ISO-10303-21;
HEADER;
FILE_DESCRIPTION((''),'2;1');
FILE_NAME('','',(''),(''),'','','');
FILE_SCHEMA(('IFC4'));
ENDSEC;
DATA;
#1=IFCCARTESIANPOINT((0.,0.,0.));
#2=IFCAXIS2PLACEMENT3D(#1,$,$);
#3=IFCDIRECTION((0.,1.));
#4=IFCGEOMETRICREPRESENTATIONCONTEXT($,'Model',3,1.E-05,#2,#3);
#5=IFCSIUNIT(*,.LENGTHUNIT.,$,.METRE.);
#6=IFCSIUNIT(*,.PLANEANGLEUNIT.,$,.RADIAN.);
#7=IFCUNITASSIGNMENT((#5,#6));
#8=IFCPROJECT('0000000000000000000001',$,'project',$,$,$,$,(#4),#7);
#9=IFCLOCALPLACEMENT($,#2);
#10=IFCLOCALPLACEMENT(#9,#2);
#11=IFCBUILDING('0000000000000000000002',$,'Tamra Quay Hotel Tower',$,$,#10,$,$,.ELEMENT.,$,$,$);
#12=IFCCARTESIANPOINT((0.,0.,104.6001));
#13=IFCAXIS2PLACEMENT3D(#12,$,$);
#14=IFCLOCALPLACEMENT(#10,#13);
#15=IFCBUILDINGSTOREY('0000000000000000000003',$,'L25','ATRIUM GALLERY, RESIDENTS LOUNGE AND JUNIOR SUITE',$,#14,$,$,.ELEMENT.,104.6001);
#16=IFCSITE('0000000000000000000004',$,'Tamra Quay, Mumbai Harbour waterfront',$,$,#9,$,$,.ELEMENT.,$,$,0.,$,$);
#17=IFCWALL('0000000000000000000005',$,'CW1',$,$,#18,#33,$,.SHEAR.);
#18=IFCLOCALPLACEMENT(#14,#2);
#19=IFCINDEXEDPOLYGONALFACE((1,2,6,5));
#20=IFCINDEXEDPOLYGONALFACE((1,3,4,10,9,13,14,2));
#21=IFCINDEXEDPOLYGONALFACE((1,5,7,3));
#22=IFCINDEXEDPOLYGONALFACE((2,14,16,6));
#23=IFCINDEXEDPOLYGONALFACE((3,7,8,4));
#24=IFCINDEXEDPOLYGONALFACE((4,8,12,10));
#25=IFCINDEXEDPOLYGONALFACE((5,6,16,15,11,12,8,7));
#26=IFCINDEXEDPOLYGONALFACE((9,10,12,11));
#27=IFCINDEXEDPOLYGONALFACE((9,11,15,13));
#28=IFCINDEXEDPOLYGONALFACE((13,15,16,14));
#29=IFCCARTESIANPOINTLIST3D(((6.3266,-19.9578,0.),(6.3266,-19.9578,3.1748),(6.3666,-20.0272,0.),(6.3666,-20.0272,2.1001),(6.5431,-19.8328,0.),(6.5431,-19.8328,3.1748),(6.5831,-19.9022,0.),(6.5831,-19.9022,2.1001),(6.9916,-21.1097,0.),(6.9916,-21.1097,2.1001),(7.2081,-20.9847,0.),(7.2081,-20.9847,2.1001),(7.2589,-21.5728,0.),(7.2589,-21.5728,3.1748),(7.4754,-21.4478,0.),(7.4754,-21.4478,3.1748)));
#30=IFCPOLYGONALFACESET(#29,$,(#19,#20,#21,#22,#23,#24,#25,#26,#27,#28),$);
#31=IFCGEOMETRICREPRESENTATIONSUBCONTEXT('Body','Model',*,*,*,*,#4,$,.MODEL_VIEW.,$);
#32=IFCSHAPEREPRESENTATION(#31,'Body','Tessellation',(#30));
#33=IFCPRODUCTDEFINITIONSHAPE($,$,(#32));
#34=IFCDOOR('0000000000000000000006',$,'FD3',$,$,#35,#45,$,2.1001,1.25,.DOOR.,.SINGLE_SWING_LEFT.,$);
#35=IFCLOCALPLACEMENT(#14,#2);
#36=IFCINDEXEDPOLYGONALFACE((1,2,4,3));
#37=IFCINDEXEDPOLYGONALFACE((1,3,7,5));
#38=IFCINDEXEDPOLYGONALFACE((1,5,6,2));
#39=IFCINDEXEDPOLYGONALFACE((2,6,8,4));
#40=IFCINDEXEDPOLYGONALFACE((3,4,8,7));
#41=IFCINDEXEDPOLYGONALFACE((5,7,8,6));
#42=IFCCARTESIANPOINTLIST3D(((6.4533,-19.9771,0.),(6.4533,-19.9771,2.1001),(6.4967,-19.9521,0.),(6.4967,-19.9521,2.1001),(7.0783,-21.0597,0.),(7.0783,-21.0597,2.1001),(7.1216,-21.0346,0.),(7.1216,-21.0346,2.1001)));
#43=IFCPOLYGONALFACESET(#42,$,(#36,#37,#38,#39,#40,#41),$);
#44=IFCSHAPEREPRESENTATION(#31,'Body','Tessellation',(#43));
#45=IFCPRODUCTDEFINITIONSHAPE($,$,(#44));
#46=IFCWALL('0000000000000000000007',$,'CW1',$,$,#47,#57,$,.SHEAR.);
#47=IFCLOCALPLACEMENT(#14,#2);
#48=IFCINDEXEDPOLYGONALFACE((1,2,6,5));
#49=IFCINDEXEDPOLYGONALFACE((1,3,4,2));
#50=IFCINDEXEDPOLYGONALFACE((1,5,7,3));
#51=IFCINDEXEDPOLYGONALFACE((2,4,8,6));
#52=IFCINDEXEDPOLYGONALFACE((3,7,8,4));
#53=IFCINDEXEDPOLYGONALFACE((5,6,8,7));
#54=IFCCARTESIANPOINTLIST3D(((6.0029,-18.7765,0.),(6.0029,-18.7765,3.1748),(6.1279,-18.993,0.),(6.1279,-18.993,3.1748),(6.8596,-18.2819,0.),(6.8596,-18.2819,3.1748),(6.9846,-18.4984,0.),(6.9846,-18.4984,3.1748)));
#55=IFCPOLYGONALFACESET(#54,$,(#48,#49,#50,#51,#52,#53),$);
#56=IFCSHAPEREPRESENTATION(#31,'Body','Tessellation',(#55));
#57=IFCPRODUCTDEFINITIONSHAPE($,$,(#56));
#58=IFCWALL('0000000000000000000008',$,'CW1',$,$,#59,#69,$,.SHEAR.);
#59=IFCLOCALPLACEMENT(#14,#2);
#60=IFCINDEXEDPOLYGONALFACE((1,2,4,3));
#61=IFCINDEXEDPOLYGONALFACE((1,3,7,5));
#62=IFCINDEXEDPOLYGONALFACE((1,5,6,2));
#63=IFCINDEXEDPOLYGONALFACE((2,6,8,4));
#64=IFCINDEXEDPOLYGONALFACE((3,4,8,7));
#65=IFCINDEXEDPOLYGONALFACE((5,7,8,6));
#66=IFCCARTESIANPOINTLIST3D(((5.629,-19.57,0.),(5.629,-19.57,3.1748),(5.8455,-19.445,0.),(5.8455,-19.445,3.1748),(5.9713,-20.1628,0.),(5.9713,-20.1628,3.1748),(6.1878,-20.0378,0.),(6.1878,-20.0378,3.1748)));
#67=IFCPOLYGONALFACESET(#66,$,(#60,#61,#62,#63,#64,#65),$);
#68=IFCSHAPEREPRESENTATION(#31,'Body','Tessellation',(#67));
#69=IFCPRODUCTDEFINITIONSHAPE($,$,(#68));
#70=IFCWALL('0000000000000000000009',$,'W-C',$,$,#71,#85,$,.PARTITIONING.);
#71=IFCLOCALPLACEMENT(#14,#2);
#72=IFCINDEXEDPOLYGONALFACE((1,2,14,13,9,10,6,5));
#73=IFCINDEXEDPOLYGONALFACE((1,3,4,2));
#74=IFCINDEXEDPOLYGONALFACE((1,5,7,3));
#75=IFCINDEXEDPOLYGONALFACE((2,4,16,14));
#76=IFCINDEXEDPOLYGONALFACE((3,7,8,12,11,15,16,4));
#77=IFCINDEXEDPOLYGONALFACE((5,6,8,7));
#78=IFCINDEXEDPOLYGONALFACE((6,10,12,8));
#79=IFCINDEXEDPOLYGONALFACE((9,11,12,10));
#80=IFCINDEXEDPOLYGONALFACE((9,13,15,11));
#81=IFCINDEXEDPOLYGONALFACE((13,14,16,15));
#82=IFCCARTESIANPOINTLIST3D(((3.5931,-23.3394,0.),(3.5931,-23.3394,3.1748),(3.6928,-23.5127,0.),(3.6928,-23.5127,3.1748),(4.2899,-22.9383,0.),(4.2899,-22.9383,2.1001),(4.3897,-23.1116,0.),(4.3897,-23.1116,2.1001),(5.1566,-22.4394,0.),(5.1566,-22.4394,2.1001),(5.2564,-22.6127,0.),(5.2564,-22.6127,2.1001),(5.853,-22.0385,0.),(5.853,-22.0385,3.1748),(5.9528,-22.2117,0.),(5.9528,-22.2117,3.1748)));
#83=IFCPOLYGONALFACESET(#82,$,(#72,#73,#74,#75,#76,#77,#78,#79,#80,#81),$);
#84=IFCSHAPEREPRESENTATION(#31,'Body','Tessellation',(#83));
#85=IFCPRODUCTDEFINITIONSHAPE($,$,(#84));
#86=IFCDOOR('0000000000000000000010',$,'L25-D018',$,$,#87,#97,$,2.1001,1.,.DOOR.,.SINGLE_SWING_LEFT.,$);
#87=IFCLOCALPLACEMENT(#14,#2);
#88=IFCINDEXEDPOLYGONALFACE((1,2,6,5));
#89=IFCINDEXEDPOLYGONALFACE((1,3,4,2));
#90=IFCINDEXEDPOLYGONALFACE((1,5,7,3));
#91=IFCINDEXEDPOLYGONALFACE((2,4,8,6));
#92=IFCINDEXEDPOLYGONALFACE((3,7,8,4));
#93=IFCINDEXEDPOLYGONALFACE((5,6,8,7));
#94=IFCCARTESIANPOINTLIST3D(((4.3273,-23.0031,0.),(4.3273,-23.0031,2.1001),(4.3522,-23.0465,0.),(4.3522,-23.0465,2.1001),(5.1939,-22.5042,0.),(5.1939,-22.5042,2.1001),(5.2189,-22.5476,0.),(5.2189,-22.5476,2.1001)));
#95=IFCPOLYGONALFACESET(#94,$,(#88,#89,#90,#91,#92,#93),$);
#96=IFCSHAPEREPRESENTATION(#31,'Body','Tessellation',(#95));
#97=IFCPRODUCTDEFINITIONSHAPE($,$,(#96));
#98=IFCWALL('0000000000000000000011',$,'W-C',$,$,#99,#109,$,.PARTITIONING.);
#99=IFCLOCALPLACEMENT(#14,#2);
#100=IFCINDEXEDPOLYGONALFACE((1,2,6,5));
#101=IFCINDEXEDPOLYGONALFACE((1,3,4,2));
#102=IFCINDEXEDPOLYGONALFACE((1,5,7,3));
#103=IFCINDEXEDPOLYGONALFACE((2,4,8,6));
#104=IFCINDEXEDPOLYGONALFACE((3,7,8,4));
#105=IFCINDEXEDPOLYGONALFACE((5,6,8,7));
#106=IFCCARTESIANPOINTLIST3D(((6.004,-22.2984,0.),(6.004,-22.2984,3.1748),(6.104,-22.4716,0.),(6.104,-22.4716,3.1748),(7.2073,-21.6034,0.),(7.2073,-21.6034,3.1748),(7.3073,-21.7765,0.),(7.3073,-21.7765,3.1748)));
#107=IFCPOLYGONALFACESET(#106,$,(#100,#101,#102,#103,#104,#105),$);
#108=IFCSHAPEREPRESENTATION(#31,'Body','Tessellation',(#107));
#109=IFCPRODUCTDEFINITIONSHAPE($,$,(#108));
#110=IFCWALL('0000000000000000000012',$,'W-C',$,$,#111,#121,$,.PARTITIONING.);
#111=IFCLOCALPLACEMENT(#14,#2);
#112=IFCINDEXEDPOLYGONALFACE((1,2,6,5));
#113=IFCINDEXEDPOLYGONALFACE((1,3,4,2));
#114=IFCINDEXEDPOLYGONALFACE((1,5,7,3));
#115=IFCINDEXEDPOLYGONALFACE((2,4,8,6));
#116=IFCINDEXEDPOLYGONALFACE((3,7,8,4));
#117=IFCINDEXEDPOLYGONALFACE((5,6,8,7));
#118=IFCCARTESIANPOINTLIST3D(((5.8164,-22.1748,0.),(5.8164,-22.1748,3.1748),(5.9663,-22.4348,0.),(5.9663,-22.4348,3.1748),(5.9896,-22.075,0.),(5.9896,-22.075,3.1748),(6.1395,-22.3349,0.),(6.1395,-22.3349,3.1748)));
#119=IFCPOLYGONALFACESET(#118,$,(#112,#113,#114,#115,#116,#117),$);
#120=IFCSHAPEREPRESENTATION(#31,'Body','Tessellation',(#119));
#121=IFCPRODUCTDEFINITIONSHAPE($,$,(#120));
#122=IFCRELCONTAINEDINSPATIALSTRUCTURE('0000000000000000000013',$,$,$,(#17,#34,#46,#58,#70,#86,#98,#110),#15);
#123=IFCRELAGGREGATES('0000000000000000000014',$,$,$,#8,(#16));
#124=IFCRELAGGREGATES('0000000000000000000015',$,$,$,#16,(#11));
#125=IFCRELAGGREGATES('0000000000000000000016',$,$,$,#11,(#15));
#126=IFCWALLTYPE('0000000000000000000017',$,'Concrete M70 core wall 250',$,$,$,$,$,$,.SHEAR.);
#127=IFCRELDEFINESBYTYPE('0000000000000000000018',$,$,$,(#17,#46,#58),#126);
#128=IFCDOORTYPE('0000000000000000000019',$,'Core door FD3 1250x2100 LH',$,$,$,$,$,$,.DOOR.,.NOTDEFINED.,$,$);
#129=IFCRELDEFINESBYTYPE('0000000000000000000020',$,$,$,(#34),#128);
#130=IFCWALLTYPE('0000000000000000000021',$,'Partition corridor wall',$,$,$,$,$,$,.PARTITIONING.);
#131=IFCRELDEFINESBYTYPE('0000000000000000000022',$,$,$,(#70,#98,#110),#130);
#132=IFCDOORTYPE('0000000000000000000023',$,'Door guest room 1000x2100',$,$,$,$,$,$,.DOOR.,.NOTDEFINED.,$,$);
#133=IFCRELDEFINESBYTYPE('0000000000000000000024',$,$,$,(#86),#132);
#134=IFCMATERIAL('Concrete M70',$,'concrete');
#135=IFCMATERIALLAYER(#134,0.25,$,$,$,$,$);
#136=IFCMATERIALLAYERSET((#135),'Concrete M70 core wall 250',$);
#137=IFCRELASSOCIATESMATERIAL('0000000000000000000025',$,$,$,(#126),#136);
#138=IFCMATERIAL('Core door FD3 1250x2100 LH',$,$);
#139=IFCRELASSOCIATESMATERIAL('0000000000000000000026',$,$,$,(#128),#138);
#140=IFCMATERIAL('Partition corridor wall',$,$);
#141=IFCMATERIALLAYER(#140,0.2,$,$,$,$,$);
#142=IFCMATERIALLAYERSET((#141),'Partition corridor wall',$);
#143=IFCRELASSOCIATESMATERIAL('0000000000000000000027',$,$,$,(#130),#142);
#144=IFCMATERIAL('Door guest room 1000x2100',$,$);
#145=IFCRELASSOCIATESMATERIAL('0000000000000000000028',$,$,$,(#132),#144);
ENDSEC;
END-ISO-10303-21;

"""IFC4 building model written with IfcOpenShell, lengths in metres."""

from ifc_helpers import new_model, si_unit, direction, frame, frame_2d, origin, place, context, subcontext, project, spatial, rectangle, extrude, material, layer, layer_set, type_object, element, fill, save


model = new_model("IFC4")

# Units and contexts
model_context = context("Model", 3, precision=1e-05, world=origin(), true_north=direction((0.0, 1.0)))
body_context = subcontext(model_context, "Body", "Model", "MODEL_VIEW")
ifc_project = project(units=[si_unit("LENGTHUNIT", "METRE"), si_unit("PLANEANGLEUNIT", "RADIAN")], contexts=[model_context])

# Site, building, storey
site_placement = place(None, origin())
site = spatial("IfcSite", under=ifc_project, at=site_placement, Name="Tamra Quay, Mumbai Harbour waterfront", CompositionType="ELEMENT", RefElevation=0.0)
building_placement = place(site_placement, origin())
building = spatial("IfcBuilding", under=site, at=building_placement, Name="Tamra Quay Hotel Tower", CompositionType="ELEMENT")
storey_placement = place(building_placement, frame((0.0, 0.0, 104.6001)))
storey = spatial("IfcBuildingStorey", under=building, at=storey_placement, Name="L25", Description="ATRIUM GALLERY, RESIDENTS LOUNGE AND JUNIOR SUITE", CompositionType="ELEMENT", Elevation=104.6001)

# Shared definitions
ifc_material_1 = material(Name="Concrete M70", Category="concrete")

# Shared definitions
ifc_layer_1 = layer(ifc_material_1, 0.25)
ifc_layer_set_1 = layer_set([ifc_layer_1], Name="Concrete M70 core wall 250")
wall_type_1 = type_object("IfcWallType", Name="Concrete M70 core wall 250", PredefinedType="SHEAR", material=ifc_layer_set_1)

# Wall, opening, door
wall_1_placement = place(storey_placement, frame((7.3672, -21.5103, 0.0), z_axis=(0.0, 0.0, 1.0), x_axis=(-0.499983, 0.866035, 0.0)))
wall_1 = element("IfcWall", 1, at=wall_1_placement, inside=storey, type_object=wall_type_1, Name="CW1", PredefinedType="SHEAR", context=body_context, shape_type="SweptSolid", body=[
    extrude(rectangle(XDim=1.8647, YDim=0.25, at=frame_2d((0.9324, 0.0))), origin(), (0.0, 0.0, 1.0), 3.1748),
])
opening_1_placement = place(wall_1_placement, frame((0.5347, 0.0, 0.0)))
opening_1 = element("IfcOpeningElement", 2, at=opening_1_placement, cuts=wall_1, PredefinedType="OPENING", context=body_context, shape_type="SweptSolid", body=[
    extrude(rectangle(XDim=1.25, YDim=2.1001, at=frame_2d((0.625, 1.05))), frame((0.0, 0.135, 0.0), z_axis=(0.0, -1.0, 0.0), x_axis=(1.0, 0.0, 0.0)), (0.0, 0.0, 1.0), 0.27),
])
ifc_material_2 = material(Name="Core door FD3 1250x2100 LH")
door_type_1 = type_object("IfcDoorType", Name="Core door FD3 1250x2100 LH", OperationType="NOTDEFINED", PredefinedType="DOOR", material=ifc_material_2)
door_1_placement = place(opening_1_placement, origin())
door_1 = element("IfcDoor", 3, at=door_1_placement, inside=storey, type_object=door_type_1, Name="FD3", OperationType="SINGLE_SWING_LEFT", OverallHeight=2.1001, OverallWidth=1.25, PredefinedType="DOOR", context=body_context, shape_type="SweptSolid", body=[
    extrude(rectangle(XDim=1.25, YDim=2.1001, at=frame_2d((0.625, 1.05))), frame((0.0, 0.0249, 0.0), z_axis=(0.0, -1.0, 0.0), x_axis=(1.0, 0.0, 0.0)), (0.0, 0.0, 1.0), 0.05),
])
fill(opening_1, door_1)

# Walls
wall_2_placement = place(storey_placement, frame((6.0654, -18.8848, 0.0), z_axis=(0.0, 0.0, 1.0), x_axis=(0.866017, 0.500014, 0.0)))
element("IfcWall", 4, at=wall_2_placement, inside=storey, type_object=wall_type_1, Name="CW1", PredefinedType="SHEAR", context=body_context, shape_type="SweptSolid", body=[
    extrude(rectangle(XDim=0.9893, YDim=0.25, at=frame_2d((0.4946, 0.0))), origin(), (0.0, 0.0, 1.0), 3.1748),
])
wall_3_placement = place(storey_placement, frame((6.0796, -20.1003, 0.0), z_axis=(0.0, 0.0, 1.0), x_axis=(-0.500052, 0.865996, 0.0)))
element("IfcWall", 5, at=wall_3_placement, inside=storey, type_object=wall_type_1, Name="CW1", PredefinedType="SHEAR", context=body_context, shape_type="SweptSolid", body=[
    extrude(rectangle(XDim=0.6846, YDim=0.25, at=frame_2d((0.3423, 0.0))), origin(), (0.0, 0.0, 1.0), 3.1748),
])

# Wall, opening, door
ifc_material_3 = material(Name="Partition corridor wall")
ifc_layer_2 = layer(ifc_material_3, 0.2)
ifc_layer_set_2 = layer_set([ifc_layer_2], Name="Partition corridor wall")
wall_type_2 = type_object("IfcWallType", Name="Partition corridor wall", PredefinedType="PARTITIONING", material=ifc_layer_set_2)
wall_4_placement = place(storey_placement, frame((3.6431, -23.426, 0.0), z_axis=(0.0, 0.0, 1.0), x_axis=(0.866654, 0.498909, 0.0)))
wall_4 = element("IfcWall", 6, at=wall_4_placement, inside=storey, type_object=wall_type_2, Name="W-C", PredefinedType="PARTITIONING", context=body_context, shape_type="SweptSolid", body=[
    extrude(rectangle(XDim=2.6077, YDim=0.2, at=frame_2d((1.3037, 0.0))), origin(), (0.0, 0.0, 1.0), 3.1748),
])
opening_2_placement = place(wall_4_placement, frame((0.804, 0.0, 0.0)))
opening_2 = element("IfcOpeningElement", 7, at=opening_2_placement, cuts=wall_4, PredefinedType="OPENING", context=body_context, shape_type="SweptSolid", body=[
    extrude(rectangle(XDim=1.0, YDim=2.1001, at=frame_2d((0.5, 1.05))), frame((0.0, 0.1099, 0.0), z_axis=(0.0, -1.0, 0.0), x_axis=(1.0, 0.0, 0.0)), (0.0, 0.0, 1.0), 0.22),
])
ifc_material_4 = material(Name="Door guest room 1000x2100")
door_type_2 = type_object("IfcDoorType", Name="Door guest room 1000x2100", OperationType="NOTDEFINED", PredefinedType="DOOR", material=ifc_material_4)
door_2_placement = place(opening_2_placement, frame((1.0, 0.0, 0.0), z_axis=(0.0, 0.0, 1.0), x_axis=(-1.0, 0.0, 0.0)))
door_2 = element("IfcDoor", 8, at=door_2_placement, inside=storey, type_object=door_type_2, Name="L25-D018", OperationType="SINGLE_SWING_LEFT", OverallHeight=2.1001, OverallWidth=1.0, PredefinedType="DOOR", context=body_context, shape_type="SweptSolid", body=[
    extrude(rectangle(XDim=1.0, YDim=2.1001, at=frame_2d((0.5, 1.05))), frame((0.0, 0.0249, 0.0), z_axis=(0.0, -1.0, 0.0), x_axis=(1.0, 0.0, 0.0)), (0.0, 0.0, 1.0), 0.05),
])
fill(opening_2, door_2)

# Walls
wall_5_placement = place(storey_placement, frame((6.054, -22.385, 0.0), z_axis=(0.0, 0.0, 1.0), x_axis=(0.865931, 0.500163, 0.0)))
element("IfcWall", 9, at=wall_5_placement, inside=storey, type_object=wall_type_2, Name="W-C", PredefinedType="PARTITIONING", context=body_context, shape_type="SweptSolid", body=[
    extrude(rectangle(XDim=1.3896, YDim=0.2, at=frame_2d((0.6948, 0.0))), origin(), (0.0, 0.0, 1.0), 3.1748),
])
wall_6_placement = place(storey_placement, frame((5.9031, -22.125, 0.0), z_axis=(0.0, 0.0, 1.0), x_axis=(0.499464, -0.866335, 0.0)))
element("IfcWall", 10, at=wall_6_placement, inside=storey, type_object=wall_type_2, Name="W-C", PredefinedType="PARTITIONING", context=body_context, shape_type="SweptSolid", body=[
    extrude(rectangle(XDim=0.3, YDim=0.2, at=frame_2d((0.1499, 0.0))), origin(), (0.0, 0.0, 1.0), 3.1748),
])

save(model, "model.ifc")
